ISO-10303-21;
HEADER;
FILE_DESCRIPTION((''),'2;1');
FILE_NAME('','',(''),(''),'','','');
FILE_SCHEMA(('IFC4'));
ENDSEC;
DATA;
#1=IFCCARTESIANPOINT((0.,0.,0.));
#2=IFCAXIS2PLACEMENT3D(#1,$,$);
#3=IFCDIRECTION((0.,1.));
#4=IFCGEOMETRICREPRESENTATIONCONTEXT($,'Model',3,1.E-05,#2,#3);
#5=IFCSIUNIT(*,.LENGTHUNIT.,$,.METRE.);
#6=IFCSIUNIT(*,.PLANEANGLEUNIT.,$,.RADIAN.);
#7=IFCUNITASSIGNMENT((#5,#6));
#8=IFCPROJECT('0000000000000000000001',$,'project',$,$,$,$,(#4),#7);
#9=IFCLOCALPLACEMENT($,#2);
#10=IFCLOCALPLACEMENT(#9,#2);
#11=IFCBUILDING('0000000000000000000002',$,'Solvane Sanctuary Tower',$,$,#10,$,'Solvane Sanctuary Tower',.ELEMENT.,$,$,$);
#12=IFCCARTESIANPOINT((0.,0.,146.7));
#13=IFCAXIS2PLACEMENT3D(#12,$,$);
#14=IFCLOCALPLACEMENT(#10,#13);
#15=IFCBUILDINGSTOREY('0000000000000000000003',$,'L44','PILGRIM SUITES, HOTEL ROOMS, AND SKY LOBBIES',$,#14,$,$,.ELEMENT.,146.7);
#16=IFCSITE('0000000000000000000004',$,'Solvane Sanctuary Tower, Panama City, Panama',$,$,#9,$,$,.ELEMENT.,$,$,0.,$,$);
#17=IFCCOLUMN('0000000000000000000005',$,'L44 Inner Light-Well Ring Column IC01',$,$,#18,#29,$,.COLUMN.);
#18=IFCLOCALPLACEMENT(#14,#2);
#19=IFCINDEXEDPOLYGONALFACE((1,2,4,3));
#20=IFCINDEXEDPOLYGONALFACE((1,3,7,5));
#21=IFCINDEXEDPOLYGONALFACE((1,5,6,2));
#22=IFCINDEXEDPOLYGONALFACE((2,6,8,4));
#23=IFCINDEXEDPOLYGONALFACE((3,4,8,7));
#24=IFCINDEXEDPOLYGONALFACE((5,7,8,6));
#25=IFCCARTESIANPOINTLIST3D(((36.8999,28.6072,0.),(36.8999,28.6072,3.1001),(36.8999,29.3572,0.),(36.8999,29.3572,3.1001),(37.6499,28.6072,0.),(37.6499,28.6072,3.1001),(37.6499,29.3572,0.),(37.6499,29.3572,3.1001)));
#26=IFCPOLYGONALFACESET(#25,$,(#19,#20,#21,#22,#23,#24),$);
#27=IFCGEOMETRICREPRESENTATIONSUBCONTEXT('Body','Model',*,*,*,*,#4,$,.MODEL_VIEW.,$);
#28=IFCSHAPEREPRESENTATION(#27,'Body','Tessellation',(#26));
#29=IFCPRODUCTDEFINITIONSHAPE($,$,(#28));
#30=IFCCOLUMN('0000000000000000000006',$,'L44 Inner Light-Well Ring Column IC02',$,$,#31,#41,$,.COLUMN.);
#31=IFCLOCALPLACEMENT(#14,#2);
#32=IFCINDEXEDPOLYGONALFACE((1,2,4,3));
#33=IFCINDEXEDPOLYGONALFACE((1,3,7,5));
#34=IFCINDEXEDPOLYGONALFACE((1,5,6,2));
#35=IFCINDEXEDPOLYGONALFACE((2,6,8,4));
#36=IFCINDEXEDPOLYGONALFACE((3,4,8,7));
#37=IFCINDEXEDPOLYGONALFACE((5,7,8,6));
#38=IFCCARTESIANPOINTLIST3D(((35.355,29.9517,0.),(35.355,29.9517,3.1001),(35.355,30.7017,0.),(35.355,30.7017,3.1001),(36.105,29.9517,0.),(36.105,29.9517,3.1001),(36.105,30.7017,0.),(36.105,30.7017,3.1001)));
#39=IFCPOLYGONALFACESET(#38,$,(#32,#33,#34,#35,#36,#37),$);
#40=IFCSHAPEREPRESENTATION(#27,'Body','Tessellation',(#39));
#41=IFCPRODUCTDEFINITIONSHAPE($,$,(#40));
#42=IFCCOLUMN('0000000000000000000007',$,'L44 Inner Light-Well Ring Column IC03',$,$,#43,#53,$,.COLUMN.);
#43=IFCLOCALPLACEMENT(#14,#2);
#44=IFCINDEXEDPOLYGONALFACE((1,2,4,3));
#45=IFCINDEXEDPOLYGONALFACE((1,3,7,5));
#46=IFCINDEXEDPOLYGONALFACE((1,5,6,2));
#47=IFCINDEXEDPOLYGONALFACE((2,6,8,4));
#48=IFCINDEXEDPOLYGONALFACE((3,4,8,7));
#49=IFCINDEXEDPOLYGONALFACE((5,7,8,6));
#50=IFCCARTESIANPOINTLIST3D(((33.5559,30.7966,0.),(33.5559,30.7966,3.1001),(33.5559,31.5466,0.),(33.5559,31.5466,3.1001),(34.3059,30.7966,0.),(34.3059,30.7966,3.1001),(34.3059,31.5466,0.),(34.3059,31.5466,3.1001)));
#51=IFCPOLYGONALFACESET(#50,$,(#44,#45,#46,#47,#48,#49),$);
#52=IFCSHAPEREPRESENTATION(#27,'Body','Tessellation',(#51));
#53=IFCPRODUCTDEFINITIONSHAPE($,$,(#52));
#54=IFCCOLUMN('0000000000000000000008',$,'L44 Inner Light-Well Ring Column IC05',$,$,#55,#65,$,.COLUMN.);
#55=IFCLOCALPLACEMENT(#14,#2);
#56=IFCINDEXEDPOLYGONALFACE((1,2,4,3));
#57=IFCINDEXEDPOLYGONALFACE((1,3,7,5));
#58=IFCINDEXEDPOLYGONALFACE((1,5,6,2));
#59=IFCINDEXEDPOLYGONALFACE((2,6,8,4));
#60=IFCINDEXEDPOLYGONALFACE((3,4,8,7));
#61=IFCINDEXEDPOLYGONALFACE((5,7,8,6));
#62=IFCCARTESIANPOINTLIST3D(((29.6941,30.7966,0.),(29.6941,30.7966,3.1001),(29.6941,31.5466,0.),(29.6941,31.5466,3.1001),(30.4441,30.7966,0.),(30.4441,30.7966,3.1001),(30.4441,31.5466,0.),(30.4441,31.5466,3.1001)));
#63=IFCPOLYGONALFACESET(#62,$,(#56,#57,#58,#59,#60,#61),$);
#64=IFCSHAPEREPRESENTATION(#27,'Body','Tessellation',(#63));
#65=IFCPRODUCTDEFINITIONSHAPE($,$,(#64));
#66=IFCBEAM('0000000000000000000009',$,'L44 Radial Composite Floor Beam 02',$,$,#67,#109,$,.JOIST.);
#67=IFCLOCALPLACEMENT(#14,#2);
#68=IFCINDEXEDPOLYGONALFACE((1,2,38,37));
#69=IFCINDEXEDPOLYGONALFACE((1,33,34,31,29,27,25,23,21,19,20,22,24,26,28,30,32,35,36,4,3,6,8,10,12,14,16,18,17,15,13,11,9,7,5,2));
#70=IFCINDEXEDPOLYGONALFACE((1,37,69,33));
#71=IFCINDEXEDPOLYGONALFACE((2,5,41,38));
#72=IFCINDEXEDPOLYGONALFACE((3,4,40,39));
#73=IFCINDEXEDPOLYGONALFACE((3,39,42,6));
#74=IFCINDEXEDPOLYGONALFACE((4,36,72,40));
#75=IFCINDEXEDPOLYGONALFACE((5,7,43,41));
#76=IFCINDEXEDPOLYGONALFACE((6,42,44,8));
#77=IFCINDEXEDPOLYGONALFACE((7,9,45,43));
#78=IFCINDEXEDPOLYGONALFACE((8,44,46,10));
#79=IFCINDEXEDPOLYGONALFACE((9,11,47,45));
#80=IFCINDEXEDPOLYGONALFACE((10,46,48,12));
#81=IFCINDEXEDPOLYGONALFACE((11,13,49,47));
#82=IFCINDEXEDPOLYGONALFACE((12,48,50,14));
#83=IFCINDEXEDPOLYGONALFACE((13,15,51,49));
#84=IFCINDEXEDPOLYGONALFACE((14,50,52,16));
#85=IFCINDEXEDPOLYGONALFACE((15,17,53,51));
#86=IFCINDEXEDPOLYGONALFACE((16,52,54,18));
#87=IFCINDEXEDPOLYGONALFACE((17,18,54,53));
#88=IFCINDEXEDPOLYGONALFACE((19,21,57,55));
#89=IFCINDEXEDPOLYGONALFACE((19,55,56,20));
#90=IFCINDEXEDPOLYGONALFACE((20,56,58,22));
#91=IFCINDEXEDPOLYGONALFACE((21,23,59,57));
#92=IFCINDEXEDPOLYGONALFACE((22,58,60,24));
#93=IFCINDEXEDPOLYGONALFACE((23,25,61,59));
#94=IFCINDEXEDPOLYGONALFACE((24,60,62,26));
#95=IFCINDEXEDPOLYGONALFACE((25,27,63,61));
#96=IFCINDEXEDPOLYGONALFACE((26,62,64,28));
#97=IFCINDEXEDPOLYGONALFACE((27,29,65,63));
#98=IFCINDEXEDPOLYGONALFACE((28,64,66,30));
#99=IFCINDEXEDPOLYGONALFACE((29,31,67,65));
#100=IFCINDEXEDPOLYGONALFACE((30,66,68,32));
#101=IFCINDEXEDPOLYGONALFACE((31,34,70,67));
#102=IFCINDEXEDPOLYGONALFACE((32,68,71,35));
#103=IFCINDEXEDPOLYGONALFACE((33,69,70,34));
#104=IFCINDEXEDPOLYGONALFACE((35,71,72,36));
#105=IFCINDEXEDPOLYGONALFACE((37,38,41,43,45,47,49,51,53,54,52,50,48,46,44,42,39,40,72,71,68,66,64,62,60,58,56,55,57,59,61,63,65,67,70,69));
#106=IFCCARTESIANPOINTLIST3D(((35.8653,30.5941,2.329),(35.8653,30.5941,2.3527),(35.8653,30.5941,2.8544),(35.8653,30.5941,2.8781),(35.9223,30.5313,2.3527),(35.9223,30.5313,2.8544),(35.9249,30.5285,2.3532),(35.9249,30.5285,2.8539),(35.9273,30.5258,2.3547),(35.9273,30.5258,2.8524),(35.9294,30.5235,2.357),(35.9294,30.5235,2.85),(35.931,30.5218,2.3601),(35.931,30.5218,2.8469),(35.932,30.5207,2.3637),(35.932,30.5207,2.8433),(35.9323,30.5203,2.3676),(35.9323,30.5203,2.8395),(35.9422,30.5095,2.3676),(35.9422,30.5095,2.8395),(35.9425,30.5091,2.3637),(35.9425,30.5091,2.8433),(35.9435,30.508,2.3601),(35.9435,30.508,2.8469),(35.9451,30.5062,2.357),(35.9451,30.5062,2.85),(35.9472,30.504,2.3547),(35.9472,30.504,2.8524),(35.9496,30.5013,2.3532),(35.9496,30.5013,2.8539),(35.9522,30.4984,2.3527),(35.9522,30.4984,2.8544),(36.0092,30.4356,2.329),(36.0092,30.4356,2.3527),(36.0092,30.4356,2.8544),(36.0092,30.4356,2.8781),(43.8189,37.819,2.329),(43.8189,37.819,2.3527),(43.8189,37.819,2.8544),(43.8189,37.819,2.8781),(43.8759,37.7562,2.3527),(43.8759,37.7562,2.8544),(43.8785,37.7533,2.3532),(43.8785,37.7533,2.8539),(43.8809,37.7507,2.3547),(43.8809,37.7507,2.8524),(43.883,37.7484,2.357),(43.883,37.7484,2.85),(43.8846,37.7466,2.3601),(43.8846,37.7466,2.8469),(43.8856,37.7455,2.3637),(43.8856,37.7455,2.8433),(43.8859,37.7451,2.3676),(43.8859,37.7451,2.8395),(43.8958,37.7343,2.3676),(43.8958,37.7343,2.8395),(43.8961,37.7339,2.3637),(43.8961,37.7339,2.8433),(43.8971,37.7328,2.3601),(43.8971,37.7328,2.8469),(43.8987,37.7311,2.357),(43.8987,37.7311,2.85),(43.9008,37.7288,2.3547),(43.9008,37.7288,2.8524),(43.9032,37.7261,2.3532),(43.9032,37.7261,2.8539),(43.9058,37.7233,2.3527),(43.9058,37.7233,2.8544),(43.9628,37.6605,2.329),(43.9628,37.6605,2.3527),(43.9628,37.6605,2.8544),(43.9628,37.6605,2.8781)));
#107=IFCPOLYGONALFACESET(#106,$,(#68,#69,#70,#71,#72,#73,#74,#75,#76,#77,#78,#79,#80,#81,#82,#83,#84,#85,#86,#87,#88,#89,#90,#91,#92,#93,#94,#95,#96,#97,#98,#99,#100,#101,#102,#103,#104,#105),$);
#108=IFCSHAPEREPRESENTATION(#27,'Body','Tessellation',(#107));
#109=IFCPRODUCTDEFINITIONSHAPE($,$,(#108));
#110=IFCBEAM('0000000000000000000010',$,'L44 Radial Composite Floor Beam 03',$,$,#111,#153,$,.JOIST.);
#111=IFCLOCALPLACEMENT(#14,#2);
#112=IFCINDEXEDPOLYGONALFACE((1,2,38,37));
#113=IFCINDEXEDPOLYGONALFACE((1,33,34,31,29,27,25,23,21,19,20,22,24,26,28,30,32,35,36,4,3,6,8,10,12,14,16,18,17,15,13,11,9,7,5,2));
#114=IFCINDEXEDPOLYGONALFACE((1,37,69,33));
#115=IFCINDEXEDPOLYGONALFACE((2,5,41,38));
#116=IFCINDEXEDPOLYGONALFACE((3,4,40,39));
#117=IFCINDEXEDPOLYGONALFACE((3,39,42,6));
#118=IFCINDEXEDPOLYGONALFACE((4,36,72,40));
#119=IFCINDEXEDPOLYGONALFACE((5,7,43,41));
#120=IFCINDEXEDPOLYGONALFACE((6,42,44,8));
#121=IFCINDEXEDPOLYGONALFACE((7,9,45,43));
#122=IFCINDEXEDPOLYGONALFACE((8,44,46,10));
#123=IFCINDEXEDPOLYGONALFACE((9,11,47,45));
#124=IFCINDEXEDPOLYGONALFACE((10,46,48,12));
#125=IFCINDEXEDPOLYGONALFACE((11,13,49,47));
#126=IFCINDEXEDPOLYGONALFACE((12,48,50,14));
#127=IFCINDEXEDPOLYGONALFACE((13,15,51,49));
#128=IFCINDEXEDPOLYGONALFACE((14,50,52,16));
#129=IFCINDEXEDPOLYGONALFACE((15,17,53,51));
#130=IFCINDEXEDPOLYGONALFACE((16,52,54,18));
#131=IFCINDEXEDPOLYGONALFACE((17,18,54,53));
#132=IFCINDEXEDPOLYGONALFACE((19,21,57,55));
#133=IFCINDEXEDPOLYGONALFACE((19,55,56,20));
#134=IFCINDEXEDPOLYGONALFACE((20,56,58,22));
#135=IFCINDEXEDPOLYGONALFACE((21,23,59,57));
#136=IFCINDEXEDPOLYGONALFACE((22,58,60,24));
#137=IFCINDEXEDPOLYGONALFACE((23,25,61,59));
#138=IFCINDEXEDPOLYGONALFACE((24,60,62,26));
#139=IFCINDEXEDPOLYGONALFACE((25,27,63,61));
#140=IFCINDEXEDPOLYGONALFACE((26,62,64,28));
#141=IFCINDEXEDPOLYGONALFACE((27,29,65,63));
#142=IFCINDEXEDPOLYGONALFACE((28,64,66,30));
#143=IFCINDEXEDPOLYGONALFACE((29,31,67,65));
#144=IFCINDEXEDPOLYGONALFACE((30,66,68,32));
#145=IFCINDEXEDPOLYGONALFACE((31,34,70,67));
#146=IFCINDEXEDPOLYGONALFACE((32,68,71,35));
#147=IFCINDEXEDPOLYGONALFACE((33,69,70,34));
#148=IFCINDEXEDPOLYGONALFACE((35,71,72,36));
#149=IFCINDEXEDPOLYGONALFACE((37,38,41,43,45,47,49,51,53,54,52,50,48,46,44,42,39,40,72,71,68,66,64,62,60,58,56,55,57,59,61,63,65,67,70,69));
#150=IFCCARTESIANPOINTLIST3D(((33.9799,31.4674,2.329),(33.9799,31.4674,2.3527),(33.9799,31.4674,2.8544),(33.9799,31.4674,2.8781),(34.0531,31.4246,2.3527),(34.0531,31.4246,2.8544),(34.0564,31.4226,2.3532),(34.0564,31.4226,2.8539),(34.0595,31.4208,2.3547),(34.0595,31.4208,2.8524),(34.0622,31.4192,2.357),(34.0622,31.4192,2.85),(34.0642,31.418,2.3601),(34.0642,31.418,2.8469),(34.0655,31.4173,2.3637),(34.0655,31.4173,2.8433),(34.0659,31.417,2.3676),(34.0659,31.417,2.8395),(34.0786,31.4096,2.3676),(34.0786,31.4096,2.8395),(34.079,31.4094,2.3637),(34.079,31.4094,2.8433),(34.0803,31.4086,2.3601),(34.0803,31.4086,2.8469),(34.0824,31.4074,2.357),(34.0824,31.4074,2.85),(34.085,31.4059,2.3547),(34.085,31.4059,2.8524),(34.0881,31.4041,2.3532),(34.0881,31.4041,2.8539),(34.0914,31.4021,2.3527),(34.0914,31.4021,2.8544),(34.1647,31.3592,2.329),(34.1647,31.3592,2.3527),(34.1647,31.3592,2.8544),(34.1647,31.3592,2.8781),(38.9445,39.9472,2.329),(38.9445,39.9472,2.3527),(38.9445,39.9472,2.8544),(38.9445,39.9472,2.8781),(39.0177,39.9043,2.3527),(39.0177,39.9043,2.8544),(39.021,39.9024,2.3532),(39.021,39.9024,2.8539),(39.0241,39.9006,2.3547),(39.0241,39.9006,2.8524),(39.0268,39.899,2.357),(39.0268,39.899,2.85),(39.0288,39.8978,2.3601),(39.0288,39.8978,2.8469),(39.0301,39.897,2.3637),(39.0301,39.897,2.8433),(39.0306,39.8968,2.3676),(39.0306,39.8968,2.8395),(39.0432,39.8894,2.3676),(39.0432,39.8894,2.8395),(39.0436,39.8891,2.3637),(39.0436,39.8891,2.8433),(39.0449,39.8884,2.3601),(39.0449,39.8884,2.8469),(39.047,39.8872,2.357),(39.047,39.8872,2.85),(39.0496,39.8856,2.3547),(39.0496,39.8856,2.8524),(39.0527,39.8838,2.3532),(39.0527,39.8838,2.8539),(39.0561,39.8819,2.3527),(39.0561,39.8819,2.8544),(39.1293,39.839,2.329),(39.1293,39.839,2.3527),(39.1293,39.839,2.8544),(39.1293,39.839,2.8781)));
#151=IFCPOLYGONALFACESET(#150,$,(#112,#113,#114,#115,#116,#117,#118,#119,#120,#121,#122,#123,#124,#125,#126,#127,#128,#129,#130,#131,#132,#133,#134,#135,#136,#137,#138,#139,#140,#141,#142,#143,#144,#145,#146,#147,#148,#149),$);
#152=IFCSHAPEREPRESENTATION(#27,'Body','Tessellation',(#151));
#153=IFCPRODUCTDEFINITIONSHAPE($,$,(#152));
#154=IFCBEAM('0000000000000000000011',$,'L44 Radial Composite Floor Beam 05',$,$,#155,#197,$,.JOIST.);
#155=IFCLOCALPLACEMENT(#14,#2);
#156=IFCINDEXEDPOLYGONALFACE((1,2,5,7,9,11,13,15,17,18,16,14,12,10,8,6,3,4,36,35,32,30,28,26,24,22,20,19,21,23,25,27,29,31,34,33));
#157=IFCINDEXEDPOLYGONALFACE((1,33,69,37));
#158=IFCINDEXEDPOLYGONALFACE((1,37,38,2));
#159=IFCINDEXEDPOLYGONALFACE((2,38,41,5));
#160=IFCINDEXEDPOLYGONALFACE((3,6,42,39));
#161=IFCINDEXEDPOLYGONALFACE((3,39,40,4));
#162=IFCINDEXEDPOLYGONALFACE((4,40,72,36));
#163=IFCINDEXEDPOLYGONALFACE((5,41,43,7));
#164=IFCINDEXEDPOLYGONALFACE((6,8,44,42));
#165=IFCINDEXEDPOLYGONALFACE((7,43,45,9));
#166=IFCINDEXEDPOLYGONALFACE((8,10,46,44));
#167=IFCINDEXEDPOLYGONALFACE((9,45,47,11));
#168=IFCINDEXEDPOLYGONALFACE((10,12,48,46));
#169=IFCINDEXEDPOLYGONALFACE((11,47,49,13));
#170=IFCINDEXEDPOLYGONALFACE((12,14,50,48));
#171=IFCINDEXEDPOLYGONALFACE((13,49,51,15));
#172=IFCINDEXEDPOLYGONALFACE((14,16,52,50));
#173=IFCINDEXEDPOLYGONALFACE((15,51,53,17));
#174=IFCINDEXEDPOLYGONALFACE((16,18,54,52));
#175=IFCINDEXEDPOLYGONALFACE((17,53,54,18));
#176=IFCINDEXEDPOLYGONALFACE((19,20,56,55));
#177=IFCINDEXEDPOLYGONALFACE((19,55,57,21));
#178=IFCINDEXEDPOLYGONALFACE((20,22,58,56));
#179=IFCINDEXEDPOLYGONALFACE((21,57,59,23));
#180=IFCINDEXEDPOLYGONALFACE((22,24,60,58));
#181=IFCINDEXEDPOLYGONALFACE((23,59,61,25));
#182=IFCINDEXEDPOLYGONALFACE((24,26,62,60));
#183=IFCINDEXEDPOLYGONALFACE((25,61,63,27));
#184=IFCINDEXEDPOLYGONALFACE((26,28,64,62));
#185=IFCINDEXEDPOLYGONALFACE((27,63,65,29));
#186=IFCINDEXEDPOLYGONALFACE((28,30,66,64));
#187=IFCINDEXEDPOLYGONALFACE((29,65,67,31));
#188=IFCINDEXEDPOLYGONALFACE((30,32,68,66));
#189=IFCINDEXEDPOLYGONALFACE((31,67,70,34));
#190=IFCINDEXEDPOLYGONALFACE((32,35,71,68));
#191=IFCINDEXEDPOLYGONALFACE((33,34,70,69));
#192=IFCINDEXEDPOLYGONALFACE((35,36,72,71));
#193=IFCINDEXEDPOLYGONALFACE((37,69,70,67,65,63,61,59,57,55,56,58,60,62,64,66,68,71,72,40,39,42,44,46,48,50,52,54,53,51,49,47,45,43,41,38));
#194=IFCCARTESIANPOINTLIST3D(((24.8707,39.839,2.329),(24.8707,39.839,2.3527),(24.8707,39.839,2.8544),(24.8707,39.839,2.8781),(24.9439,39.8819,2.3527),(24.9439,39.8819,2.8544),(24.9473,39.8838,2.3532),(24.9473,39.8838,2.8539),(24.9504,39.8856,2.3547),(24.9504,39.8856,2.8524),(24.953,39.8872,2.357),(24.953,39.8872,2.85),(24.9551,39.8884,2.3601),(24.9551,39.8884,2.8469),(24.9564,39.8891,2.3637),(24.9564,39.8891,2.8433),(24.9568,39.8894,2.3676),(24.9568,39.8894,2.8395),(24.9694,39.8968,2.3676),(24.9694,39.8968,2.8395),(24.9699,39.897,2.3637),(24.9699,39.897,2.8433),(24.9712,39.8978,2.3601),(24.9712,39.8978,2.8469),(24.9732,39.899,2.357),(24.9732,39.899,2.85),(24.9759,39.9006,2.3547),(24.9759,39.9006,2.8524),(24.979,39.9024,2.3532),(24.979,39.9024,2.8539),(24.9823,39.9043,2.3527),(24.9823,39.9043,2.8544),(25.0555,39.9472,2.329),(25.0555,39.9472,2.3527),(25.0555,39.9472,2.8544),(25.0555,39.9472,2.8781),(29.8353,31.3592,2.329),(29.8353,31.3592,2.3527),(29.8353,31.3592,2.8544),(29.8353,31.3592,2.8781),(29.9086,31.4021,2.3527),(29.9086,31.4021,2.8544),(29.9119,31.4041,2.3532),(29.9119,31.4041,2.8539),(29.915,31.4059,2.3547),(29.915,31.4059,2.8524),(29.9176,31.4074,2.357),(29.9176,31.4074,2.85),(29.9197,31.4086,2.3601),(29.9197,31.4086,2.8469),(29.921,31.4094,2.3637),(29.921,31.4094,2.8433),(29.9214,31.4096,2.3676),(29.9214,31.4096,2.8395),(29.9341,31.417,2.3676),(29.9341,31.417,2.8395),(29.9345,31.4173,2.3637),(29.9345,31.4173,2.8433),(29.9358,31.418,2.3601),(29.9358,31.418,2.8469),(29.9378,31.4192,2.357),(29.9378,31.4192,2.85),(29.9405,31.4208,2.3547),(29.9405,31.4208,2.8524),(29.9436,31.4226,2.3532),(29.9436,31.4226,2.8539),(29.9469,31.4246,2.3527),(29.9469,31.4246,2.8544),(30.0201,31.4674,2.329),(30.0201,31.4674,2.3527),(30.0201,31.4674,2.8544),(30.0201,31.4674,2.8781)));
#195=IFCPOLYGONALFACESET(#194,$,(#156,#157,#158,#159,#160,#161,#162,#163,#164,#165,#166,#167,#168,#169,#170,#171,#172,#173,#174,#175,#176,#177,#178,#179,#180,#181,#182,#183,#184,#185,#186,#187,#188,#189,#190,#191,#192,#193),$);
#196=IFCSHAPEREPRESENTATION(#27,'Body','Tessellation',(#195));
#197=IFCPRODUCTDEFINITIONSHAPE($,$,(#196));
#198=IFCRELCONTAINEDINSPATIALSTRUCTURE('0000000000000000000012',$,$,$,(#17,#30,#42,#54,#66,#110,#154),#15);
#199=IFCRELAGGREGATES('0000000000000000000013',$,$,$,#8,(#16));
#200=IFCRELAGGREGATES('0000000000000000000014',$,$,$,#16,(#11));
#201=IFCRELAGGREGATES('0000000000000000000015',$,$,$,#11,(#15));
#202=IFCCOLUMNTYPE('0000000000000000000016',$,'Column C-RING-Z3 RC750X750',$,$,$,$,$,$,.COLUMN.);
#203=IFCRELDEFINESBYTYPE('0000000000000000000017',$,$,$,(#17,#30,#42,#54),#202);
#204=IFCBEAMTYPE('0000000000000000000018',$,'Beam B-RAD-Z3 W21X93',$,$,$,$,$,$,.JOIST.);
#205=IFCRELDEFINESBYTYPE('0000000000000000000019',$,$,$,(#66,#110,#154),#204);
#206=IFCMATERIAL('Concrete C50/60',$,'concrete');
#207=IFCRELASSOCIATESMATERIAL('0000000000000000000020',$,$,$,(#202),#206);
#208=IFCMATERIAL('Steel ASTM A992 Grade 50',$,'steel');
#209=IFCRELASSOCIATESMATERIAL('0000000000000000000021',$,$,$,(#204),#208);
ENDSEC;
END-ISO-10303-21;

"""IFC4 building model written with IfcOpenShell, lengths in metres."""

from ifc_helpers import new_model, si_unit, direction, frame, origin, origin_2d, place, context, subcontext, project, spatial, rectangle, i_section, extrude, material, material_profile, profile_set, type_object, element, save


model = new_model("IFC4")

# Units and contexts
model_context = context("Model", 3, precision=1e-05, world=origin(), true_north=direction((0.0, 1.0)))
body_context = subcontext(model_context, "Body", "Model", "MODEL_VIEW")
ifc_project = project(units=[si_unit("LENGTHUNIT", "METRE"), si_unit("PLANEANGLEUNIT", "RADIAN")], contexts=[model_context])

# Site, building, storey
site_placement = place(None, origin())
site = spatial("IfcSite", under=ifc_project, at=site_placement, Name="Solvane Sanctuary Tower, Panama City, Panama", CompositionType="ELEMENT", RefElevation=0.0)
building_placement = place(site_placement, origin())
building = spatial("IfcBuilding", under=site, at=building_placement, Name="Solvane Sanctuary Tower", LongName="Solvane Sanctuary Tower", CompositionType="ELEMENT")
storey_placement = place(building_placement, frame((0.0, 0.0, 146.7)))
storey = spatial("IfcBuildingStorey", under=building, at=storey_placement, Name="L44", Description="PILGRIM SUITES, HOTEL ROOMS, AND SKY LOBBIES", CompositionType="ELEMENT", Elevation=146.7)

# Columns
ifc_material_1 = material(Name="Concrete C50/60", Category="concrete")
ifc_material_profile_1 = material_profile(ifc_material_1, rectangle(XDim=0.75, YDim=0.75, at=origin_2d()), Name="RC750X750")
ifc_profile_set_1 = profile_set([ifc_material_profile_1], Name="Concrete C50/60")
column_type = type_object("IfcColumnType", Name="Column C-RING-Z3 RC750X750", PredefinedType="COLUMN", material=ifc_profile_set_1)
for number, where, z_axis, x_axis, name in (
    (1, (37.2749, 28.9822, 0.0), (0.0, 0.0, 1.0), (1.0, 0.0, 0.0), "L44 Inner Light-Well Ring Column IC01"),
    (2, (35.73, 30.3267, 0.0), (0.0, 0.0, 1.0), (1.0, 0.0, 0.0), "L44 Inner Light-Well Ring Column IC02"),
    (3, (33.9309, 31.1716, 0.0), (0.0, 0.0, 1.0), (1.0, 0.0, 0.0), "L44 Inner Light-Well Ring Column IC03"),
    (4, (30.0691, 31.1716, 0.0), (0.0, 0.0, 1.0), (1.0, 0.0, 0.0), "L44 Inner Light-Well Ring Column IC05"),
):
    element("IfcColumn", number, at=place(storey_placement, frame(where, z_axis=z_axis, x_axis=x_axis)), inside=storey, type_object=column_type, Name=name, PredefinedType="COLUMN", context=body_context, shape_type="SweptSolid", body=[
        extrude(rectangle(XDim=0.75, YDim=0.75, at=origin_2d()), origin(), (0.0, 0.0, 1.0), 3.1001),
    ])

# Beams
ifc_material_2 = material(Name="Steel ASTM A992 Grade 50", Category="steel")
ifc_material_profile_2 = material_profile(ifc_material_2, i_section(OverallWidth=0.2141, OverallDepth=0.5491, WebThickness=0.0146, FlangeThickness=0.0237, FilletRadius=0.0149, at=origin_2d()), Name="W21X93")
ifc_profile_set_2 = profile_set([ifc_material_profile_2], Name="Steel ASTM A992 Grade 50")
beam_type_1 = type_object("IfcBeamType", Name="Beam B-RAD-Z3 W21X93", PredefinedType="JOIST", material=ifc_profile_set_2)
beam_1_placement = place(storey_placement, frame((35.9373, 30.5149, 2.6035), z_axis=(0.740204, 0.672382, 0.0), x_axis=(-0.672382, 0.740204, 0.0)))
element("IfcBeam", 5, at=beam_1_placement, inside=storey, type_object=beam_type_1, Name="L44 Radial Composite Floor Beam 02", PredefinedType="JOIST", context=body_context, shape_type="SweptSolid", body=[
    extrude(i_section(OverallWidth=0.2141, OverallDepth=0.5491, WebThickness=0.0146, FlangeThickness=0.0237, FilletRadius=0.0149, at=origin_2d()), origin(), (0.0, 0.0, 1.0), 10.7451),
])
for number, where, z_axis, x_axis, name in (
    (6, (34.0723, 31.4133, 2.6035), (0.505244, 0.862977, 0.0), (-0.862977, 0.505244, 0.0), "L44 Radial Composite Floor Beam 03"),
    (7, (29.9277, 31.4133, 2.6035), (-0.505244, 0.862977, 0.0), (-0.862977, -0.505244, 0.0), "L44 Radial Composite Floor Beam 05"),
):
    element("IfcBeam", number, at=place(storey_placement, frame(where, z_axis=z_axis, x_axis=x_axis)), inside=storey, type_object=beam_type_1, Name=name, PredefinedType="JOIST", context=body_context, shape_type="SweptSolid", body=[
        extrude(i_section(OverallWidth=0.2141, OverallDepth=0.5491, WebThickness=0.0146, FlangeThickness=0.0237, FilletRadius=0.0149, at=origin_2d()), origin(), (0.0, 0.0, 1.0), 9.8262),
    ])

save(model, "model.ifc")
